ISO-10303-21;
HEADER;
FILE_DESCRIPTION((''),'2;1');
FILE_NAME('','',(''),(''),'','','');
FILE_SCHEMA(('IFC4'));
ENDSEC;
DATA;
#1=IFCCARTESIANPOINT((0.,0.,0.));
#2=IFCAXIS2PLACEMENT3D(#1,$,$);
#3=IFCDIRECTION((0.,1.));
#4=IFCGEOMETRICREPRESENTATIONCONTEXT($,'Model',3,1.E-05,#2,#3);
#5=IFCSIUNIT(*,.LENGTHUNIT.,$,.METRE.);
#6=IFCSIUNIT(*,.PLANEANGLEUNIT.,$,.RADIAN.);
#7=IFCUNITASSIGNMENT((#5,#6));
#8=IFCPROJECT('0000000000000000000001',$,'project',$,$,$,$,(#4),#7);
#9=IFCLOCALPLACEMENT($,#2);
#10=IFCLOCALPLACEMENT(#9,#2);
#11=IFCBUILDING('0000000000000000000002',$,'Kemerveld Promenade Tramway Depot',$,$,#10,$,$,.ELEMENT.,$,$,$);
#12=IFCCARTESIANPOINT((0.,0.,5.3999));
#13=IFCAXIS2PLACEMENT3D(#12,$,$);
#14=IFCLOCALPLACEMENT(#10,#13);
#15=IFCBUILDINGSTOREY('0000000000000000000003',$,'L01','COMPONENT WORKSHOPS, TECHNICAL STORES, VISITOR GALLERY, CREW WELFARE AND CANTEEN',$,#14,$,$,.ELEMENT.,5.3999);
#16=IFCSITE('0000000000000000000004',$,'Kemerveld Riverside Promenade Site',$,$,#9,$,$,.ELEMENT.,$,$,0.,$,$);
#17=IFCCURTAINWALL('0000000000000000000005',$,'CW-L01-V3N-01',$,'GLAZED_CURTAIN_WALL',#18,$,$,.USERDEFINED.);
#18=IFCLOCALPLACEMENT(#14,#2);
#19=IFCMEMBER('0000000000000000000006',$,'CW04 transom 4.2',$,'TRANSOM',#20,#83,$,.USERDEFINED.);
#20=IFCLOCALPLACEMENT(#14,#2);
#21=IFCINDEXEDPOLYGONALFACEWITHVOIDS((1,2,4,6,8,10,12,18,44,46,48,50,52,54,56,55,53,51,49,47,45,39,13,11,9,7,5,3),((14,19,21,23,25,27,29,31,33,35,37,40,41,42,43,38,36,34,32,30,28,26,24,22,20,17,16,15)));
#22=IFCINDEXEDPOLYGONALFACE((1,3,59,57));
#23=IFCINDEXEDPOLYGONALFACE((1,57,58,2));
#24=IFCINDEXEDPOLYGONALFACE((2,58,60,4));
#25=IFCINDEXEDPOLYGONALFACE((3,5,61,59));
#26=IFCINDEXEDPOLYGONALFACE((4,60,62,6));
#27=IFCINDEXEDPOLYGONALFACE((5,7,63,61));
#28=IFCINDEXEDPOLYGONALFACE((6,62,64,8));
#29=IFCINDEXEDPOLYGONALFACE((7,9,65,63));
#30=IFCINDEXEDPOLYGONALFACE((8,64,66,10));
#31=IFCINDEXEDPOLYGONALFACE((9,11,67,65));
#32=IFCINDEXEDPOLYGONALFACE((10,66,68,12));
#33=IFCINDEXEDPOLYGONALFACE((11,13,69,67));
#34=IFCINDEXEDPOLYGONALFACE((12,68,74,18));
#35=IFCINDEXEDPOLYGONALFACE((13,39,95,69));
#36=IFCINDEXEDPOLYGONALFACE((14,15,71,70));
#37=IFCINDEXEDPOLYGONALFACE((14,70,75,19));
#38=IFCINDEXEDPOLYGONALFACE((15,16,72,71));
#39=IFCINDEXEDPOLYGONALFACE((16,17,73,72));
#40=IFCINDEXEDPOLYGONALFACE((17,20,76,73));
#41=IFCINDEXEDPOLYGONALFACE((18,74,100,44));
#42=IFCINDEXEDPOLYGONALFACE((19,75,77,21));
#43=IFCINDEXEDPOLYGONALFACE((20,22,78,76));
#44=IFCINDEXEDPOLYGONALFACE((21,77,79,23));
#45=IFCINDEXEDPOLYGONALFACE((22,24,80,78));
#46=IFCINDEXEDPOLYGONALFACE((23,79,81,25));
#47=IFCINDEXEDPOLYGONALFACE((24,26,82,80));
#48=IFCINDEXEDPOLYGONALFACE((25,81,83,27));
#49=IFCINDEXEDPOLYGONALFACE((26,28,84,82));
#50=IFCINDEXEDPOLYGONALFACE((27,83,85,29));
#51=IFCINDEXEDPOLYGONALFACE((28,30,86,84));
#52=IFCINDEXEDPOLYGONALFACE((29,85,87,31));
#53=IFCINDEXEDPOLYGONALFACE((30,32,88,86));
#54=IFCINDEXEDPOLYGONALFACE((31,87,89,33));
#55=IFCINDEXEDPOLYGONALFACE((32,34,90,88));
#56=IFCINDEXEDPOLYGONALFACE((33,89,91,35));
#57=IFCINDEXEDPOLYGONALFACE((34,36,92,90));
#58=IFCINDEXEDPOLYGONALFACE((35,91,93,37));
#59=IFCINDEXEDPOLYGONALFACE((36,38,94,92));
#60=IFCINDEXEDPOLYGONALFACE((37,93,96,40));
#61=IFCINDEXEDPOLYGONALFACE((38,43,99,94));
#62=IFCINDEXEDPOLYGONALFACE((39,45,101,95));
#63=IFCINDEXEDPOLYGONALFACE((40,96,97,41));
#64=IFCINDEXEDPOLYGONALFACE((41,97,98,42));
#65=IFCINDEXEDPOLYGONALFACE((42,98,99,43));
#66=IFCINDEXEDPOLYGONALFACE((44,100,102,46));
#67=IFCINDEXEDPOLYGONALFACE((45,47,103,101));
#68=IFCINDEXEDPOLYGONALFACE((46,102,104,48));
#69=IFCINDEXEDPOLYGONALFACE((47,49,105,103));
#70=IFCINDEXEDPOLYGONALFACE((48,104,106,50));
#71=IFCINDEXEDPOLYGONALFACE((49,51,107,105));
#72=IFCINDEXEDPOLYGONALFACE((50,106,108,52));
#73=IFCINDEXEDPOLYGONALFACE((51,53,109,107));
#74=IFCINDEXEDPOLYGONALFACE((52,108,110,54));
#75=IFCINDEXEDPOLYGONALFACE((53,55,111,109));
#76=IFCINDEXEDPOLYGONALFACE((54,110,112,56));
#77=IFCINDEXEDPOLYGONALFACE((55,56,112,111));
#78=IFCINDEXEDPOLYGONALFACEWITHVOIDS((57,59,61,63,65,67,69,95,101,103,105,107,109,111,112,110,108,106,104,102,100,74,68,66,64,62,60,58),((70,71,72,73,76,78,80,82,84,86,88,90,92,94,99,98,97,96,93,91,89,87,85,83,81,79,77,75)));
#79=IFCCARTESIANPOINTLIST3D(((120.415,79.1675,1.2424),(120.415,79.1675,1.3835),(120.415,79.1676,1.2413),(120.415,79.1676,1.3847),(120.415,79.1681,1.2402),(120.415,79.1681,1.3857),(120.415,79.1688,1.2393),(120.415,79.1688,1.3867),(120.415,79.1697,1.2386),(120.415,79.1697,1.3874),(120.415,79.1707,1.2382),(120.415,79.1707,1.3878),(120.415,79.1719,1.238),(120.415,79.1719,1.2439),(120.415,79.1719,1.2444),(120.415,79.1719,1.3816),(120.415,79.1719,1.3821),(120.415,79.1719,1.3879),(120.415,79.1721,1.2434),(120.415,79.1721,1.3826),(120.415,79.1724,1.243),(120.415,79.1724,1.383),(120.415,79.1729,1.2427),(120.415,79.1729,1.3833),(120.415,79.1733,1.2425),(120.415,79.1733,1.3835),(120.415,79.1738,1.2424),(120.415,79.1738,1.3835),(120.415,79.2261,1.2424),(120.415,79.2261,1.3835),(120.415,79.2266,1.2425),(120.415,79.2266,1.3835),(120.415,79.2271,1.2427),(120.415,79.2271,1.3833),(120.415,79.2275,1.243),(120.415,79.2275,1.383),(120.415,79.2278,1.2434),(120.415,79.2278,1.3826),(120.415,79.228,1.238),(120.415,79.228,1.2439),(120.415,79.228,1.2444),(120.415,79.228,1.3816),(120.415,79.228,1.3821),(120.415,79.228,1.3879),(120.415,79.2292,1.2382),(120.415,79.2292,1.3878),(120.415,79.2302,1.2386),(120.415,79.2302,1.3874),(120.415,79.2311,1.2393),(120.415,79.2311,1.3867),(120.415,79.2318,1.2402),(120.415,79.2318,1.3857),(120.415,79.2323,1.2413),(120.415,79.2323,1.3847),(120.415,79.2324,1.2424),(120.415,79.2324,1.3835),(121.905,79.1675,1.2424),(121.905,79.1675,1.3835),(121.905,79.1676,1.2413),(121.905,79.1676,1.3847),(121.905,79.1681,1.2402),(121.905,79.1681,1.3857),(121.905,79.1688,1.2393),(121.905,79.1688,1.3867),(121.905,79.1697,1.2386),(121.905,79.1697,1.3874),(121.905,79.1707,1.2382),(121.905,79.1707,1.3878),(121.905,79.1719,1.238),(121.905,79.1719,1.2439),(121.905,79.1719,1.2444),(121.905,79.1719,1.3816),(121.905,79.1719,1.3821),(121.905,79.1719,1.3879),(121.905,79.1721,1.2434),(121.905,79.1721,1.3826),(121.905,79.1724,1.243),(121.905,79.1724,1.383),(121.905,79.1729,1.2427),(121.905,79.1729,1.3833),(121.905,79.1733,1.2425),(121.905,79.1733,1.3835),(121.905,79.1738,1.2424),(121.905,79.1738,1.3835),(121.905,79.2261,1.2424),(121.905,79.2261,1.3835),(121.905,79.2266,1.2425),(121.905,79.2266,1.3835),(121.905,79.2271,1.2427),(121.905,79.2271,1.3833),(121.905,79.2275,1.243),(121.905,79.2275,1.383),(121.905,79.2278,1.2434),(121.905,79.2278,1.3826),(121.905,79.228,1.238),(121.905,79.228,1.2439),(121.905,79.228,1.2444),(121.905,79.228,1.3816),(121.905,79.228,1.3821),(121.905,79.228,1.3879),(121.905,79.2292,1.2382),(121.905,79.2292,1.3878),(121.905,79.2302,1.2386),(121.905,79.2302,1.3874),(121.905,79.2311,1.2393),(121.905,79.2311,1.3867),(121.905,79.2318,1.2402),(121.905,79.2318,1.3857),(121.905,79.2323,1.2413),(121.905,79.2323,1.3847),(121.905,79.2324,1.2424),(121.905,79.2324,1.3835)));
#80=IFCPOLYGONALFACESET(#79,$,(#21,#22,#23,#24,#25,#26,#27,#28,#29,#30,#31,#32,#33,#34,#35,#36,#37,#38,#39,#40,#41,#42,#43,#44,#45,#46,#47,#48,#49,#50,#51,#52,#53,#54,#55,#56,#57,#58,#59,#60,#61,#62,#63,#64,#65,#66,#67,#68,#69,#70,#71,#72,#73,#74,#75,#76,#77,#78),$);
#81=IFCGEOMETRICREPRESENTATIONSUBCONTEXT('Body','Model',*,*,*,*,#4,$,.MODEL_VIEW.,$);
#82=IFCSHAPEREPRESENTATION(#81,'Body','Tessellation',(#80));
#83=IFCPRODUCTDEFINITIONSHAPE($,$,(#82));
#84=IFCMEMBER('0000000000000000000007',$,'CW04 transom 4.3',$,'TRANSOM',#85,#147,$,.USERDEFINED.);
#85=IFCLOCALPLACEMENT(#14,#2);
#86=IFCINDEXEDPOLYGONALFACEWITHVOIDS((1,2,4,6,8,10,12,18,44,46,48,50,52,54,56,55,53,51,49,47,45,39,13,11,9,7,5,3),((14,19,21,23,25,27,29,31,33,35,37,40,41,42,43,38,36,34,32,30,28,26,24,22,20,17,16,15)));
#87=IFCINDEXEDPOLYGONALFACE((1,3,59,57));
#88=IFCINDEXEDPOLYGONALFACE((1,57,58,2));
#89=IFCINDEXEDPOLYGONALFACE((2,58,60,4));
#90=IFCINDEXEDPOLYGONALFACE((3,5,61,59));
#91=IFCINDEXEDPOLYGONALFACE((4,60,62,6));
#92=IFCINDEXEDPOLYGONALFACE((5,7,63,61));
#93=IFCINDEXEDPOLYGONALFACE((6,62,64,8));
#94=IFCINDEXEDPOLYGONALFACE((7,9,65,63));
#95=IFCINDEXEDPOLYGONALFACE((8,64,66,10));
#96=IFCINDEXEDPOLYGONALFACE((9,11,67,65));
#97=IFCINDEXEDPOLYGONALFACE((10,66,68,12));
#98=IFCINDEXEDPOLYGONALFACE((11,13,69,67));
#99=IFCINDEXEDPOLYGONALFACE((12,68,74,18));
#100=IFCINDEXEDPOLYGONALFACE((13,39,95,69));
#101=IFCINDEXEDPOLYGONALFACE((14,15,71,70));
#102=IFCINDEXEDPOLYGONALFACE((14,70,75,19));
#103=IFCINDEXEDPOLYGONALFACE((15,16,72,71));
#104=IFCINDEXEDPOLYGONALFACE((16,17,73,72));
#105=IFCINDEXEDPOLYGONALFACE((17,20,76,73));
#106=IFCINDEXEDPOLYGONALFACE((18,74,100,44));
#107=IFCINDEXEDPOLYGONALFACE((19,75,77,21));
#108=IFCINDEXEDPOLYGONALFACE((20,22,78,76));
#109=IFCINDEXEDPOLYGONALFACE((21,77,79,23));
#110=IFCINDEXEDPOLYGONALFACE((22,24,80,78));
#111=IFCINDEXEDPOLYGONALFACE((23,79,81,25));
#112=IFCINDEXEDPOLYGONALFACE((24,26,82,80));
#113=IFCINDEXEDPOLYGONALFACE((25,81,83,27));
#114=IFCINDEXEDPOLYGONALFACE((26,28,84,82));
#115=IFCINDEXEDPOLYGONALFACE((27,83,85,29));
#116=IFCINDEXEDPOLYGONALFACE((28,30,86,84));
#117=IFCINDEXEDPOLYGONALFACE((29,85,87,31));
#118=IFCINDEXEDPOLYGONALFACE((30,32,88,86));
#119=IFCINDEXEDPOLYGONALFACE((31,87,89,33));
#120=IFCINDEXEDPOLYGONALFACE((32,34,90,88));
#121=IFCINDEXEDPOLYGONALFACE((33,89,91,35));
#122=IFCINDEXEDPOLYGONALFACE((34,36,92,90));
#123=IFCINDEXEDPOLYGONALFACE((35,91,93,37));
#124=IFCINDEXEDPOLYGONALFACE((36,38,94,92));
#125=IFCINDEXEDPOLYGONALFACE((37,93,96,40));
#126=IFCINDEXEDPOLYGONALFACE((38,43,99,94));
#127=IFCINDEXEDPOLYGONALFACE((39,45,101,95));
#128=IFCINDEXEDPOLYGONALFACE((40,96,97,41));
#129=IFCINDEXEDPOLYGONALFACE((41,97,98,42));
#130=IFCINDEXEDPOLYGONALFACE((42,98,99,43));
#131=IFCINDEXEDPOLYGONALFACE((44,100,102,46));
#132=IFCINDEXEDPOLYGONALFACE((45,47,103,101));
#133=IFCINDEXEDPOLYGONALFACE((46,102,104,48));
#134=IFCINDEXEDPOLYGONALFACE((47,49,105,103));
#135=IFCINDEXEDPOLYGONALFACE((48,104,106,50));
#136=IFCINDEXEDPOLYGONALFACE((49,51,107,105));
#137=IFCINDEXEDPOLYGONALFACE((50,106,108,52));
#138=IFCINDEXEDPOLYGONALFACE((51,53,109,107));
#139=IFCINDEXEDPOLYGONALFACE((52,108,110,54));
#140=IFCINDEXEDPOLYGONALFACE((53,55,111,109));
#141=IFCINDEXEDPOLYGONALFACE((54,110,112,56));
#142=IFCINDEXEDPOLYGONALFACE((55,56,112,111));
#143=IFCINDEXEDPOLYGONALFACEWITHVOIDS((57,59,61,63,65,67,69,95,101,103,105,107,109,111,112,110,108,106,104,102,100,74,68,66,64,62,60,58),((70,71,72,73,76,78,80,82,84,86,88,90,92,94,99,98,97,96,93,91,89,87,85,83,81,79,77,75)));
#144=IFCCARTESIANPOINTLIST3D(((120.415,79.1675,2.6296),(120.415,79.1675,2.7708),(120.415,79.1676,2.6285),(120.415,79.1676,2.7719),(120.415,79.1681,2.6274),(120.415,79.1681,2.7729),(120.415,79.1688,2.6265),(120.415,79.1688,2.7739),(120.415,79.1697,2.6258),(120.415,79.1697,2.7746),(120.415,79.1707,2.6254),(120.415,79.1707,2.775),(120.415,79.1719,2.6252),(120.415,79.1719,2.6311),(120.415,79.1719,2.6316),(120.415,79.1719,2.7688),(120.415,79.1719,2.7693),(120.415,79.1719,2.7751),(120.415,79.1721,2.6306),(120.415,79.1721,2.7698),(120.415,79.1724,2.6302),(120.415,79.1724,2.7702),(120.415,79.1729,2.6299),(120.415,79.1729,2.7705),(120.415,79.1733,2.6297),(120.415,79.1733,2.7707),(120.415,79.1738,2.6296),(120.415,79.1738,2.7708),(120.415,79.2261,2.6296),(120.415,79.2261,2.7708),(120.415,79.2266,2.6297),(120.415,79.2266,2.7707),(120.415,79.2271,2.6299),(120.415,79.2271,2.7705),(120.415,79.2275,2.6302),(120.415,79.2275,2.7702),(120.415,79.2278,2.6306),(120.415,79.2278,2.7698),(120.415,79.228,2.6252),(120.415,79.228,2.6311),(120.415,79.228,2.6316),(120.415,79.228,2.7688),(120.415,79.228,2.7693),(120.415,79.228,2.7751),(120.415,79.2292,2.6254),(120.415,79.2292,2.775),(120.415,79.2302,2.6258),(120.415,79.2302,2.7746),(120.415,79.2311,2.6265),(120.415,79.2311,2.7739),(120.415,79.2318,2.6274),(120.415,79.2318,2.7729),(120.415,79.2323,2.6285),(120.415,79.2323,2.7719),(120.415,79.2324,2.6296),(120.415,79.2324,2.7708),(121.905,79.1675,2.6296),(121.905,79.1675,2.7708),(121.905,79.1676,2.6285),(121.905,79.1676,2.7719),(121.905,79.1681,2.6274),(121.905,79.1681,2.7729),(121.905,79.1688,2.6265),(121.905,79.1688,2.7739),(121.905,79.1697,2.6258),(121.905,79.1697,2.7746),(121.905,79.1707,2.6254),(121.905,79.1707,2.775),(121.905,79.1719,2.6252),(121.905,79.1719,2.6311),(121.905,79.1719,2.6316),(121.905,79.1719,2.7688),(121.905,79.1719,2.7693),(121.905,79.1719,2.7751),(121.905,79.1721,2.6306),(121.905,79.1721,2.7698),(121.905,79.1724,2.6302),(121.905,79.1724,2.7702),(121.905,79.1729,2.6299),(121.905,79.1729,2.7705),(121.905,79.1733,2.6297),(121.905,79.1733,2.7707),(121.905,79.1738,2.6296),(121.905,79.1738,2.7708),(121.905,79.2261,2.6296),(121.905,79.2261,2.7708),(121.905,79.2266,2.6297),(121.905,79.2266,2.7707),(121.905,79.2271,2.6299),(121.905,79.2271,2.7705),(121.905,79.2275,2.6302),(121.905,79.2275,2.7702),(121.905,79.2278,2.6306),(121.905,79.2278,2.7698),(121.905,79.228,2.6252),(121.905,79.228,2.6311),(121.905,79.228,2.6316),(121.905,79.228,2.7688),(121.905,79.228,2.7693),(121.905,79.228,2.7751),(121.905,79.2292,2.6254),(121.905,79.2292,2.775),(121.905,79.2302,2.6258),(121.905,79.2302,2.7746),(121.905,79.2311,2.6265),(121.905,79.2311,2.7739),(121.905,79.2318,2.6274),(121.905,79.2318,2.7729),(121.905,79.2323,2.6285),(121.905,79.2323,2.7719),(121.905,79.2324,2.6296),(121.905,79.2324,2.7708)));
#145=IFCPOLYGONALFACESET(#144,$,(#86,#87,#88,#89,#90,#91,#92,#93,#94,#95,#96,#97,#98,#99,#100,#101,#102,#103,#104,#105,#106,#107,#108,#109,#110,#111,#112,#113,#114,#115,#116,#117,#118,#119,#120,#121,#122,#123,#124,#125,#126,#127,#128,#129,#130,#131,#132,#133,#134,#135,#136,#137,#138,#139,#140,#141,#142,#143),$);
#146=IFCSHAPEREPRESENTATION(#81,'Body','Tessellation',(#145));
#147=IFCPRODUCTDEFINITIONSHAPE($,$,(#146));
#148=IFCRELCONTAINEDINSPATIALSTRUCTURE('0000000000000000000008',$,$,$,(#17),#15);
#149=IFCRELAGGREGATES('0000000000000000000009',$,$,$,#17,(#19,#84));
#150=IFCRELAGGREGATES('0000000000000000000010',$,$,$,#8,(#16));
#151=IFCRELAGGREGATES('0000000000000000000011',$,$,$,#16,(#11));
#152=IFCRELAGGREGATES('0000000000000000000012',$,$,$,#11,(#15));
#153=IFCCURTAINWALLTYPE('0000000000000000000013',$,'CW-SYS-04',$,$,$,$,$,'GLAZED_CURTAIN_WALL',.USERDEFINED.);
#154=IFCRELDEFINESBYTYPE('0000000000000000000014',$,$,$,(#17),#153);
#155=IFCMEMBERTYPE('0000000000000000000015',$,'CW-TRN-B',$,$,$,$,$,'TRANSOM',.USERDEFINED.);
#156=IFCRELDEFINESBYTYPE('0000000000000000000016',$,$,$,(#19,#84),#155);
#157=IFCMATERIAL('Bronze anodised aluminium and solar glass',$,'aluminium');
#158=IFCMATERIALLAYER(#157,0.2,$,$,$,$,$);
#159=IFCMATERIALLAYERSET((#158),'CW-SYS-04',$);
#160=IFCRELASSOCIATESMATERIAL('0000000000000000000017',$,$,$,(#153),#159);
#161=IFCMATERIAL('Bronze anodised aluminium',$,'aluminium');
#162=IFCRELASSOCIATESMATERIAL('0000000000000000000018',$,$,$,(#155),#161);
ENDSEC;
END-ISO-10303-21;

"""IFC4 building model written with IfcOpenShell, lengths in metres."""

from ifc_helpers import new_model, si_unit, direction, frame, origin, origin_2d, place, context, subcontext, project, spatial, hollow_rectangle, extrude, material, layer, layer_set, material_profile, profile_set, type_object, element, aggregate, save


model = new_model("IFC4")

# Units and contexts
model_context = context("Model", 3, precision=1e-05, world=origin(), true_north=direction((0.0, 1.0)))
body_context = subcontext(model_context, "Body", "Model", "MODEL_VIEW")
ifc_project = project(units=[si_unit("LENGTHUNIT", "METRE"), si_unit("PLANEANGLEUNIT", "RADIAN")], contexts=[model_context])

# Site, building, storey
site_placement = place(None, origin())
site = spatial("IfcSite", under=ifc_project, at=site_placement, Name="Kemerveld Riverside Promenade Site", CompositionType="ELEMENT", RefElevation=0.0)
building_placement = place(site_placement, origin())
building = spatial("IfcBuilding", under=site, at=building_placement, Name="Kemerveld Promenade Tramway Depot", CompositionType="ELEMENT")
storey_placement = place(building_placement, frame((0.0, 0.0, 5.3999)))
storey = spatial("IfcBuildingStorey", under=building, at=storey_placement, Name="L01", Description="COMPONENT WORKSHOPS, TECHNICAL STORES, VISITOR GALLERY, CREW WELFARE AND CANTEEN", CompositionType="ELEMENT", Elevation=5.3999)

# Curtain wall, members
ifc_material_1 = material(Name="Bronze anodised aluminium and solar glass", Category="aluminium")
ifc_layer_1 = layer(ifc_material_1, 0.2)
ifc_layer_set_1 = layer_set([ifc_layer_1], Name="CW-SYS-04")
curtain_wall_type = type_object("IfcCurtainWallType", Name="CW-SYS-04", ElementType="GLAZED_CURTAIN_WALL", PredefinedType="USERDEFINED", material=ifc_layer_set_1)
curtain_wall_placement = place(storey_placement, origin())
curtain_wall = element("IfcCurtainWall", 1, at=curtain_wall_placement, inside=storey, type_object=curtain_wall_type, Name="CW-L01-V3N-01", ObjectType="GLAZED_CURTAIN_WALL", PredefinedType="USERDEFINED")
ifc_material_2 = material(Name="Bronze anodised aluminium", Category="aluminium")
ifc_material_profile_1 = material_profile(ifc_material_2, hollow_rectangle(XDim=0.0649, YDim=0.1499, WallThickness=0.0044, InnerFilletRadius=0.002, OuterFilletRadius=0.0044, at=origin_2d()), Name="CW-TRN-150x65")
ifc_profile_set_1 = profile_set([ifc_material_profile_1], Name="Bronze anodised aluminium")
member_type_1 = type_object("IfcMemberType", Name="CW-TRN-B", ElementType="TRANSOM", PredefinedType="USERDEFINED", material=ifc_profile_set_1)
member_1_placement = place(storey_placement, frame((120.415, 79.2, 1.313), z_axis=(1.0, 0.0, 0.0), x_axis=(0.0, 1.0, 0.0)))
member_1 = element("IfcMember", 2, at=member_1_placement, type_object=member_type_1, Name="CW04 transom 4.2", ObjectType="TRANSOM", PredefinedType="USERDEFINED", context=body_context, shape_type="SweptSolid", body=[
    extrude(hollow_rectangle(XDim=0.0649, YDim=0.1499, WallThickness=0.0044, InnerFilletRadius=0.002, OuterFilletRadius=0.0044, at=origin_2d()), origin(), (0.0, 0.0, 1.0), 1.49),
])
member_2_placement = place(storey_placement, frame((120.415, 79.2, 2.7002), z_axis=(1.0, 0.0, 0.0), x_axis=(0.0, 1.0, 0.0)))
member_2 = element("IfcMember", 3, at=member_2_placement, type_object=member_type_1, Name="CW04 transom 4.3", ObjectType="TRANSOM", PredefinedType="USERDEFINED", context=body_context, shape_type="SweptSolid", body=[
    extrude(hollow_rectangle(XDim=0.0649, YDim=0.1499, WallThickness=0.0044, InnerFilletRadius=0.002, OuterFilletRadius=0.0044, at=origin_2d()), origin(), (0.0, 0.0, 1.0), 1.49),
])
aggregate(curtain_wall, [member_1, member_2])

save(model, "model.ifc")
